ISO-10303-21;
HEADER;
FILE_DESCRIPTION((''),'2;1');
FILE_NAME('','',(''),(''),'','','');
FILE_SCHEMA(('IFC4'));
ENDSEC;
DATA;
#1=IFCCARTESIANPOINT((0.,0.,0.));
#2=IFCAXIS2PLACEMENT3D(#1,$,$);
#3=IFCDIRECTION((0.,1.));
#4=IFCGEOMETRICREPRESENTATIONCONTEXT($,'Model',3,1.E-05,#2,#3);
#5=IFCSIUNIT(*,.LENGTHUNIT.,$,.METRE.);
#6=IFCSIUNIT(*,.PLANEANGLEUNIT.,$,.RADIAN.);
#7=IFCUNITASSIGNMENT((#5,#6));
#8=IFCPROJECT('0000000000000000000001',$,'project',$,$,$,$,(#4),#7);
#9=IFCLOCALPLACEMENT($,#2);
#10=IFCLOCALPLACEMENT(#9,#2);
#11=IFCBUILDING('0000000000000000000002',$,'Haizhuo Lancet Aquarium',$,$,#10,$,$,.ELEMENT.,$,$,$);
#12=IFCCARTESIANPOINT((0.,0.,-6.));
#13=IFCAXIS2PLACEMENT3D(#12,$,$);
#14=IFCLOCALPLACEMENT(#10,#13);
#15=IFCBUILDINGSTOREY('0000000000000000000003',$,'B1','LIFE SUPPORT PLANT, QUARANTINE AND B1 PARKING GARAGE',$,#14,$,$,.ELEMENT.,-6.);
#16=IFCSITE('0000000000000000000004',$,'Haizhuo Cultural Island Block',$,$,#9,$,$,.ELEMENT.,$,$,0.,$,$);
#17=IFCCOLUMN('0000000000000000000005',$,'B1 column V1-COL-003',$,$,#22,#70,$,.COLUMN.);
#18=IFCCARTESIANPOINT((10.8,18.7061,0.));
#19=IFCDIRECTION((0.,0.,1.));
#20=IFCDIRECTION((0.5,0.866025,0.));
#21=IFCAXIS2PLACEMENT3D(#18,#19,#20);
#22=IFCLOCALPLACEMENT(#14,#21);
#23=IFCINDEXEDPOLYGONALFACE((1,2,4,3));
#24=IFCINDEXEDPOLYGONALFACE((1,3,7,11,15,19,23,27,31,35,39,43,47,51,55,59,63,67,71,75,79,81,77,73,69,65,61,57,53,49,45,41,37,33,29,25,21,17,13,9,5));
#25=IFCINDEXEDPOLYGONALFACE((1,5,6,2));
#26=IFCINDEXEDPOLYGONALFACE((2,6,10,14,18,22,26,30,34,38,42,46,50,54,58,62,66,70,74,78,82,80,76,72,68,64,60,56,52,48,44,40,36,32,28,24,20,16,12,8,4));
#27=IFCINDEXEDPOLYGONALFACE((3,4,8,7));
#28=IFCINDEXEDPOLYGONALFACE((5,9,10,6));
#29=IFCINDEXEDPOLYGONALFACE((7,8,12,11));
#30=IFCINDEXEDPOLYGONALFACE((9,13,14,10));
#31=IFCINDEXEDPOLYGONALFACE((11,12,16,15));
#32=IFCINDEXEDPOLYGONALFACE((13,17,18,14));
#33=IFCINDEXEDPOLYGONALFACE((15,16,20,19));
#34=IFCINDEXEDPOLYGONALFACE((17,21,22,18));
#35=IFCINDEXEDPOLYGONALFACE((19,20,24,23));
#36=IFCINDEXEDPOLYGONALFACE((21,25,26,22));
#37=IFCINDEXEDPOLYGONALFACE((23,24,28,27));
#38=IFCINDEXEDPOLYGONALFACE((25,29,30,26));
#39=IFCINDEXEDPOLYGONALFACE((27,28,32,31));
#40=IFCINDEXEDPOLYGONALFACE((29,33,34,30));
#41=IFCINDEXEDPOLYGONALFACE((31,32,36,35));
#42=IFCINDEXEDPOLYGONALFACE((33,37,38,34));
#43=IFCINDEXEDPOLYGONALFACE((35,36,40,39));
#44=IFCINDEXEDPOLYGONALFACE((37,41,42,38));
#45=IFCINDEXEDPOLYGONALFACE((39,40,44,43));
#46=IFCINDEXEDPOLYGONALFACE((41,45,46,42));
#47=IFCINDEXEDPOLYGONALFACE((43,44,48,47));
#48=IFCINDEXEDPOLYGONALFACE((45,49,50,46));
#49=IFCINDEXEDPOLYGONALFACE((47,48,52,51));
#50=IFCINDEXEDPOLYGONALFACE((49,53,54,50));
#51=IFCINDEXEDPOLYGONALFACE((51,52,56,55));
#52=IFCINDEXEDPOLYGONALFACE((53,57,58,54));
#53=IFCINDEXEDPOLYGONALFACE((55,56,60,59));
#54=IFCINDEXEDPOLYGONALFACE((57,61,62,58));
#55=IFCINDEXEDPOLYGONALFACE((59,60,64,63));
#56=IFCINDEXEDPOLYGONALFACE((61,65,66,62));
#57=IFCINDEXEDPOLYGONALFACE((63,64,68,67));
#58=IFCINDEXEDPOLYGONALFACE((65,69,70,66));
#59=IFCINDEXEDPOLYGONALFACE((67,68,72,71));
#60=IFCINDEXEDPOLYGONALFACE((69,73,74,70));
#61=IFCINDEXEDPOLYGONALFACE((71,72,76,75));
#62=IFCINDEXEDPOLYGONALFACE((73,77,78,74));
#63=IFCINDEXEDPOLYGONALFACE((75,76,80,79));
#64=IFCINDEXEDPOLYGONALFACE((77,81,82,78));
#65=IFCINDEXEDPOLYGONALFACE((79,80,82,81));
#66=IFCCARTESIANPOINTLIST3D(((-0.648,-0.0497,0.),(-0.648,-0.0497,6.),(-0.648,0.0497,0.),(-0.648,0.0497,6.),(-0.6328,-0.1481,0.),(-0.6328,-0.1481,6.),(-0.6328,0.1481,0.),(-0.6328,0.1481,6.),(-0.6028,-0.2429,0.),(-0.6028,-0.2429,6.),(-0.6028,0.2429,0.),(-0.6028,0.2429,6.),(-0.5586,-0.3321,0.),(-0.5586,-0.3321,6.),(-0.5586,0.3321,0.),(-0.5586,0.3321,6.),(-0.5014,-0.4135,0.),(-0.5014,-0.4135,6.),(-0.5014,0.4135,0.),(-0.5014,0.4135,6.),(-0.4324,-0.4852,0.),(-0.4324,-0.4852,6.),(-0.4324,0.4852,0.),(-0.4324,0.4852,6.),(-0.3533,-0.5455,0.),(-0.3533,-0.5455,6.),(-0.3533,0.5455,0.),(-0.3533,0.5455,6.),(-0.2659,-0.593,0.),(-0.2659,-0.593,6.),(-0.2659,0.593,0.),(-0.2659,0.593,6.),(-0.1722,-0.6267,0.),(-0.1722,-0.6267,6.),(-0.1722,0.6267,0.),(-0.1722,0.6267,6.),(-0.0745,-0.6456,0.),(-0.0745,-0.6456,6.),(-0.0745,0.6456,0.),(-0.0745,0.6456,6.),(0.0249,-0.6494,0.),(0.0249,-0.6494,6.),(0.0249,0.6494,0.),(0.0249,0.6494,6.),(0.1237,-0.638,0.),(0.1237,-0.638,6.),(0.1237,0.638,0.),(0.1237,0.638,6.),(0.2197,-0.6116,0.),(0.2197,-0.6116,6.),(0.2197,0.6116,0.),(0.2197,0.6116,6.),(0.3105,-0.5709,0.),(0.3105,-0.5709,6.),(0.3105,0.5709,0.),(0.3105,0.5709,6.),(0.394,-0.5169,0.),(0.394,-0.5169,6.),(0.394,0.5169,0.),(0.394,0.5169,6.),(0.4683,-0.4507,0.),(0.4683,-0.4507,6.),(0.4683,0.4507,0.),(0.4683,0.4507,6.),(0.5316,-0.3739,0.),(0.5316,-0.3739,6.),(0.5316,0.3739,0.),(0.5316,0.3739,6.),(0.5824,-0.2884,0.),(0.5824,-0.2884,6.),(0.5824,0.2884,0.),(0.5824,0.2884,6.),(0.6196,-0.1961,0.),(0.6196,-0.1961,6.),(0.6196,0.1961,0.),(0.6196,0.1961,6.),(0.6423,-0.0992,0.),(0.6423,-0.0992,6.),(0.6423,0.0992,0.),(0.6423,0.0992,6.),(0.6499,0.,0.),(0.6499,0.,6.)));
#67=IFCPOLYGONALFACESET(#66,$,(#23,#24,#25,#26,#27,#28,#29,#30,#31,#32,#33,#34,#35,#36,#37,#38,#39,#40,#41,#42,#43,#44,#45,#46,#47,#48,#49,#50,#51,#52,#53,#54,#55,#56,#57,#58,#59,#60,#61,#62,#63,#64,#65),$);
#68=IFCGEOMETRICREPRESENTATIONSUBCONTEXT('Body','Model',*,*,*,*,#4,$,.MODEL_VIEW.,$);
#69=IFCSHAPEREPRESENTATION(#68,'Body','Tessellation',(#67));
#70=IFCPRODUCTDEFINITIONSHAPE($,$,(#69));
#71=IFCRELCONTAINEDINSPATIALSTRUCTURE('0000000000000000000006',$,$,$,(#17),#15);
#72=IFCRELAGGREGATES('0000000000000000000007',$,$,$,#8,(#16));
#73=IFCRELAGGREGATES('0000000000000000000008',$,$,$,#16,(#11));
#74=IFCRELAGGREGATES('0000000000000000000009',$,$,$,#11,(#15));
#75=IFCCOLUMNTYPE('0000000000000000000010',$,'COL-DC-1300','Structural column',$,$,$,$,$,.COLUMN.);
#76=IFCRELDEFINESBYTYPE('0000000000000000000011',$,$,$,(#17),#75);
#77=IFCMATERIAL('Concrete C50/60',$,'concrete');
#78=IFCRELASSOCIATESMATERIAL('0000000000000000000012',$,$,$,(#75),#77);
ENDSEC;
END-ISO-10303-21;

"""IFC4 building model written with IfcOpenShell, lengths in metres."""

from ifc_helpers import new_model, si_unit, direction, frame, origin, origin_2d, place, context, subcontext, project, spatial, circle, extrude, material, material_profile, profile_set, type_object, element, save


model = new_model("IFC4")

# Units and contexts
model_context = context("Model", 3, precision=1e-05, world=origin(), true_north=direction((0.0, 1.0)))
body_context = subcontext(model_context, "Body", "Model", "MODEL_VIEW")
ifc_project = project(units=[si_unit("LENGTHUNIT", "METRE"), si_unit("PLANEANGLEUNIT", "RADIAN")], contexts=[model_context])

# Site, building, storey
site_placement = place(None, origin())
site = spatial("IfcSite", under=ifc_project, at=site_placement, Name="Haizhuo Cultural Island Block", CompositionType="ELEMENT", RefElevation=0.0)
building_placement = place(site_placement, origin())
building = spatial("IfcBuilding", under=site, at=building_placement, Name="Haizhuo Lancet Aquarium", CompositionType="ELEMENT")
storey_placement = place(building_placement, frame((0.0, 0.0, -6.0)))
storey = spatial("IfcBuildingStorey", under=building, at=storey_placement, Name="B1", Description="LIFE SUPPORT PLANT, QUARANTINE AND B1 PARKING GARAGE", CompositionType="ELEMENT", Elevation=-6.0)

# Column
ifc_material_1 = material(Name="Concrete C50/60", Category="concrete")
ifc_material_profile_1 = material_profile(ifc_material_1, circle(Radius=0.6499, at=origin_2d()), Name="RC-DC 1300")
ifc_profile_set_1 = profile_set([ifc_material_profile_1], Name="Concrete C50/60")
column_type_1 = type_object("IfcColumnType", Name="COL-DC-1300", Description="Structural column", PredefinedType="COLUMN", material=ifc_profile_set_1)
column_1_placement = place(storey_placement, frame((10.8, 18.7061, 0.0), z_axis=(0.0, 0.0, 1.0), x_axis=(0.5, 0.866025, 0.0)))
element("IfcColumn", 1, at=column_1_placement, inside=storey, type_object=column_type_1, Name="B1 column V1-COL-003", PredefinedType="COLUMN", context=body_context, shape_type="SweptSolid", body=[
    extrude(circle(Radius=0.6499, at=origin_2d()), origin(), (0.0, 0.0, 1.0), 6.0),
])

save(model, "model.ifc")
